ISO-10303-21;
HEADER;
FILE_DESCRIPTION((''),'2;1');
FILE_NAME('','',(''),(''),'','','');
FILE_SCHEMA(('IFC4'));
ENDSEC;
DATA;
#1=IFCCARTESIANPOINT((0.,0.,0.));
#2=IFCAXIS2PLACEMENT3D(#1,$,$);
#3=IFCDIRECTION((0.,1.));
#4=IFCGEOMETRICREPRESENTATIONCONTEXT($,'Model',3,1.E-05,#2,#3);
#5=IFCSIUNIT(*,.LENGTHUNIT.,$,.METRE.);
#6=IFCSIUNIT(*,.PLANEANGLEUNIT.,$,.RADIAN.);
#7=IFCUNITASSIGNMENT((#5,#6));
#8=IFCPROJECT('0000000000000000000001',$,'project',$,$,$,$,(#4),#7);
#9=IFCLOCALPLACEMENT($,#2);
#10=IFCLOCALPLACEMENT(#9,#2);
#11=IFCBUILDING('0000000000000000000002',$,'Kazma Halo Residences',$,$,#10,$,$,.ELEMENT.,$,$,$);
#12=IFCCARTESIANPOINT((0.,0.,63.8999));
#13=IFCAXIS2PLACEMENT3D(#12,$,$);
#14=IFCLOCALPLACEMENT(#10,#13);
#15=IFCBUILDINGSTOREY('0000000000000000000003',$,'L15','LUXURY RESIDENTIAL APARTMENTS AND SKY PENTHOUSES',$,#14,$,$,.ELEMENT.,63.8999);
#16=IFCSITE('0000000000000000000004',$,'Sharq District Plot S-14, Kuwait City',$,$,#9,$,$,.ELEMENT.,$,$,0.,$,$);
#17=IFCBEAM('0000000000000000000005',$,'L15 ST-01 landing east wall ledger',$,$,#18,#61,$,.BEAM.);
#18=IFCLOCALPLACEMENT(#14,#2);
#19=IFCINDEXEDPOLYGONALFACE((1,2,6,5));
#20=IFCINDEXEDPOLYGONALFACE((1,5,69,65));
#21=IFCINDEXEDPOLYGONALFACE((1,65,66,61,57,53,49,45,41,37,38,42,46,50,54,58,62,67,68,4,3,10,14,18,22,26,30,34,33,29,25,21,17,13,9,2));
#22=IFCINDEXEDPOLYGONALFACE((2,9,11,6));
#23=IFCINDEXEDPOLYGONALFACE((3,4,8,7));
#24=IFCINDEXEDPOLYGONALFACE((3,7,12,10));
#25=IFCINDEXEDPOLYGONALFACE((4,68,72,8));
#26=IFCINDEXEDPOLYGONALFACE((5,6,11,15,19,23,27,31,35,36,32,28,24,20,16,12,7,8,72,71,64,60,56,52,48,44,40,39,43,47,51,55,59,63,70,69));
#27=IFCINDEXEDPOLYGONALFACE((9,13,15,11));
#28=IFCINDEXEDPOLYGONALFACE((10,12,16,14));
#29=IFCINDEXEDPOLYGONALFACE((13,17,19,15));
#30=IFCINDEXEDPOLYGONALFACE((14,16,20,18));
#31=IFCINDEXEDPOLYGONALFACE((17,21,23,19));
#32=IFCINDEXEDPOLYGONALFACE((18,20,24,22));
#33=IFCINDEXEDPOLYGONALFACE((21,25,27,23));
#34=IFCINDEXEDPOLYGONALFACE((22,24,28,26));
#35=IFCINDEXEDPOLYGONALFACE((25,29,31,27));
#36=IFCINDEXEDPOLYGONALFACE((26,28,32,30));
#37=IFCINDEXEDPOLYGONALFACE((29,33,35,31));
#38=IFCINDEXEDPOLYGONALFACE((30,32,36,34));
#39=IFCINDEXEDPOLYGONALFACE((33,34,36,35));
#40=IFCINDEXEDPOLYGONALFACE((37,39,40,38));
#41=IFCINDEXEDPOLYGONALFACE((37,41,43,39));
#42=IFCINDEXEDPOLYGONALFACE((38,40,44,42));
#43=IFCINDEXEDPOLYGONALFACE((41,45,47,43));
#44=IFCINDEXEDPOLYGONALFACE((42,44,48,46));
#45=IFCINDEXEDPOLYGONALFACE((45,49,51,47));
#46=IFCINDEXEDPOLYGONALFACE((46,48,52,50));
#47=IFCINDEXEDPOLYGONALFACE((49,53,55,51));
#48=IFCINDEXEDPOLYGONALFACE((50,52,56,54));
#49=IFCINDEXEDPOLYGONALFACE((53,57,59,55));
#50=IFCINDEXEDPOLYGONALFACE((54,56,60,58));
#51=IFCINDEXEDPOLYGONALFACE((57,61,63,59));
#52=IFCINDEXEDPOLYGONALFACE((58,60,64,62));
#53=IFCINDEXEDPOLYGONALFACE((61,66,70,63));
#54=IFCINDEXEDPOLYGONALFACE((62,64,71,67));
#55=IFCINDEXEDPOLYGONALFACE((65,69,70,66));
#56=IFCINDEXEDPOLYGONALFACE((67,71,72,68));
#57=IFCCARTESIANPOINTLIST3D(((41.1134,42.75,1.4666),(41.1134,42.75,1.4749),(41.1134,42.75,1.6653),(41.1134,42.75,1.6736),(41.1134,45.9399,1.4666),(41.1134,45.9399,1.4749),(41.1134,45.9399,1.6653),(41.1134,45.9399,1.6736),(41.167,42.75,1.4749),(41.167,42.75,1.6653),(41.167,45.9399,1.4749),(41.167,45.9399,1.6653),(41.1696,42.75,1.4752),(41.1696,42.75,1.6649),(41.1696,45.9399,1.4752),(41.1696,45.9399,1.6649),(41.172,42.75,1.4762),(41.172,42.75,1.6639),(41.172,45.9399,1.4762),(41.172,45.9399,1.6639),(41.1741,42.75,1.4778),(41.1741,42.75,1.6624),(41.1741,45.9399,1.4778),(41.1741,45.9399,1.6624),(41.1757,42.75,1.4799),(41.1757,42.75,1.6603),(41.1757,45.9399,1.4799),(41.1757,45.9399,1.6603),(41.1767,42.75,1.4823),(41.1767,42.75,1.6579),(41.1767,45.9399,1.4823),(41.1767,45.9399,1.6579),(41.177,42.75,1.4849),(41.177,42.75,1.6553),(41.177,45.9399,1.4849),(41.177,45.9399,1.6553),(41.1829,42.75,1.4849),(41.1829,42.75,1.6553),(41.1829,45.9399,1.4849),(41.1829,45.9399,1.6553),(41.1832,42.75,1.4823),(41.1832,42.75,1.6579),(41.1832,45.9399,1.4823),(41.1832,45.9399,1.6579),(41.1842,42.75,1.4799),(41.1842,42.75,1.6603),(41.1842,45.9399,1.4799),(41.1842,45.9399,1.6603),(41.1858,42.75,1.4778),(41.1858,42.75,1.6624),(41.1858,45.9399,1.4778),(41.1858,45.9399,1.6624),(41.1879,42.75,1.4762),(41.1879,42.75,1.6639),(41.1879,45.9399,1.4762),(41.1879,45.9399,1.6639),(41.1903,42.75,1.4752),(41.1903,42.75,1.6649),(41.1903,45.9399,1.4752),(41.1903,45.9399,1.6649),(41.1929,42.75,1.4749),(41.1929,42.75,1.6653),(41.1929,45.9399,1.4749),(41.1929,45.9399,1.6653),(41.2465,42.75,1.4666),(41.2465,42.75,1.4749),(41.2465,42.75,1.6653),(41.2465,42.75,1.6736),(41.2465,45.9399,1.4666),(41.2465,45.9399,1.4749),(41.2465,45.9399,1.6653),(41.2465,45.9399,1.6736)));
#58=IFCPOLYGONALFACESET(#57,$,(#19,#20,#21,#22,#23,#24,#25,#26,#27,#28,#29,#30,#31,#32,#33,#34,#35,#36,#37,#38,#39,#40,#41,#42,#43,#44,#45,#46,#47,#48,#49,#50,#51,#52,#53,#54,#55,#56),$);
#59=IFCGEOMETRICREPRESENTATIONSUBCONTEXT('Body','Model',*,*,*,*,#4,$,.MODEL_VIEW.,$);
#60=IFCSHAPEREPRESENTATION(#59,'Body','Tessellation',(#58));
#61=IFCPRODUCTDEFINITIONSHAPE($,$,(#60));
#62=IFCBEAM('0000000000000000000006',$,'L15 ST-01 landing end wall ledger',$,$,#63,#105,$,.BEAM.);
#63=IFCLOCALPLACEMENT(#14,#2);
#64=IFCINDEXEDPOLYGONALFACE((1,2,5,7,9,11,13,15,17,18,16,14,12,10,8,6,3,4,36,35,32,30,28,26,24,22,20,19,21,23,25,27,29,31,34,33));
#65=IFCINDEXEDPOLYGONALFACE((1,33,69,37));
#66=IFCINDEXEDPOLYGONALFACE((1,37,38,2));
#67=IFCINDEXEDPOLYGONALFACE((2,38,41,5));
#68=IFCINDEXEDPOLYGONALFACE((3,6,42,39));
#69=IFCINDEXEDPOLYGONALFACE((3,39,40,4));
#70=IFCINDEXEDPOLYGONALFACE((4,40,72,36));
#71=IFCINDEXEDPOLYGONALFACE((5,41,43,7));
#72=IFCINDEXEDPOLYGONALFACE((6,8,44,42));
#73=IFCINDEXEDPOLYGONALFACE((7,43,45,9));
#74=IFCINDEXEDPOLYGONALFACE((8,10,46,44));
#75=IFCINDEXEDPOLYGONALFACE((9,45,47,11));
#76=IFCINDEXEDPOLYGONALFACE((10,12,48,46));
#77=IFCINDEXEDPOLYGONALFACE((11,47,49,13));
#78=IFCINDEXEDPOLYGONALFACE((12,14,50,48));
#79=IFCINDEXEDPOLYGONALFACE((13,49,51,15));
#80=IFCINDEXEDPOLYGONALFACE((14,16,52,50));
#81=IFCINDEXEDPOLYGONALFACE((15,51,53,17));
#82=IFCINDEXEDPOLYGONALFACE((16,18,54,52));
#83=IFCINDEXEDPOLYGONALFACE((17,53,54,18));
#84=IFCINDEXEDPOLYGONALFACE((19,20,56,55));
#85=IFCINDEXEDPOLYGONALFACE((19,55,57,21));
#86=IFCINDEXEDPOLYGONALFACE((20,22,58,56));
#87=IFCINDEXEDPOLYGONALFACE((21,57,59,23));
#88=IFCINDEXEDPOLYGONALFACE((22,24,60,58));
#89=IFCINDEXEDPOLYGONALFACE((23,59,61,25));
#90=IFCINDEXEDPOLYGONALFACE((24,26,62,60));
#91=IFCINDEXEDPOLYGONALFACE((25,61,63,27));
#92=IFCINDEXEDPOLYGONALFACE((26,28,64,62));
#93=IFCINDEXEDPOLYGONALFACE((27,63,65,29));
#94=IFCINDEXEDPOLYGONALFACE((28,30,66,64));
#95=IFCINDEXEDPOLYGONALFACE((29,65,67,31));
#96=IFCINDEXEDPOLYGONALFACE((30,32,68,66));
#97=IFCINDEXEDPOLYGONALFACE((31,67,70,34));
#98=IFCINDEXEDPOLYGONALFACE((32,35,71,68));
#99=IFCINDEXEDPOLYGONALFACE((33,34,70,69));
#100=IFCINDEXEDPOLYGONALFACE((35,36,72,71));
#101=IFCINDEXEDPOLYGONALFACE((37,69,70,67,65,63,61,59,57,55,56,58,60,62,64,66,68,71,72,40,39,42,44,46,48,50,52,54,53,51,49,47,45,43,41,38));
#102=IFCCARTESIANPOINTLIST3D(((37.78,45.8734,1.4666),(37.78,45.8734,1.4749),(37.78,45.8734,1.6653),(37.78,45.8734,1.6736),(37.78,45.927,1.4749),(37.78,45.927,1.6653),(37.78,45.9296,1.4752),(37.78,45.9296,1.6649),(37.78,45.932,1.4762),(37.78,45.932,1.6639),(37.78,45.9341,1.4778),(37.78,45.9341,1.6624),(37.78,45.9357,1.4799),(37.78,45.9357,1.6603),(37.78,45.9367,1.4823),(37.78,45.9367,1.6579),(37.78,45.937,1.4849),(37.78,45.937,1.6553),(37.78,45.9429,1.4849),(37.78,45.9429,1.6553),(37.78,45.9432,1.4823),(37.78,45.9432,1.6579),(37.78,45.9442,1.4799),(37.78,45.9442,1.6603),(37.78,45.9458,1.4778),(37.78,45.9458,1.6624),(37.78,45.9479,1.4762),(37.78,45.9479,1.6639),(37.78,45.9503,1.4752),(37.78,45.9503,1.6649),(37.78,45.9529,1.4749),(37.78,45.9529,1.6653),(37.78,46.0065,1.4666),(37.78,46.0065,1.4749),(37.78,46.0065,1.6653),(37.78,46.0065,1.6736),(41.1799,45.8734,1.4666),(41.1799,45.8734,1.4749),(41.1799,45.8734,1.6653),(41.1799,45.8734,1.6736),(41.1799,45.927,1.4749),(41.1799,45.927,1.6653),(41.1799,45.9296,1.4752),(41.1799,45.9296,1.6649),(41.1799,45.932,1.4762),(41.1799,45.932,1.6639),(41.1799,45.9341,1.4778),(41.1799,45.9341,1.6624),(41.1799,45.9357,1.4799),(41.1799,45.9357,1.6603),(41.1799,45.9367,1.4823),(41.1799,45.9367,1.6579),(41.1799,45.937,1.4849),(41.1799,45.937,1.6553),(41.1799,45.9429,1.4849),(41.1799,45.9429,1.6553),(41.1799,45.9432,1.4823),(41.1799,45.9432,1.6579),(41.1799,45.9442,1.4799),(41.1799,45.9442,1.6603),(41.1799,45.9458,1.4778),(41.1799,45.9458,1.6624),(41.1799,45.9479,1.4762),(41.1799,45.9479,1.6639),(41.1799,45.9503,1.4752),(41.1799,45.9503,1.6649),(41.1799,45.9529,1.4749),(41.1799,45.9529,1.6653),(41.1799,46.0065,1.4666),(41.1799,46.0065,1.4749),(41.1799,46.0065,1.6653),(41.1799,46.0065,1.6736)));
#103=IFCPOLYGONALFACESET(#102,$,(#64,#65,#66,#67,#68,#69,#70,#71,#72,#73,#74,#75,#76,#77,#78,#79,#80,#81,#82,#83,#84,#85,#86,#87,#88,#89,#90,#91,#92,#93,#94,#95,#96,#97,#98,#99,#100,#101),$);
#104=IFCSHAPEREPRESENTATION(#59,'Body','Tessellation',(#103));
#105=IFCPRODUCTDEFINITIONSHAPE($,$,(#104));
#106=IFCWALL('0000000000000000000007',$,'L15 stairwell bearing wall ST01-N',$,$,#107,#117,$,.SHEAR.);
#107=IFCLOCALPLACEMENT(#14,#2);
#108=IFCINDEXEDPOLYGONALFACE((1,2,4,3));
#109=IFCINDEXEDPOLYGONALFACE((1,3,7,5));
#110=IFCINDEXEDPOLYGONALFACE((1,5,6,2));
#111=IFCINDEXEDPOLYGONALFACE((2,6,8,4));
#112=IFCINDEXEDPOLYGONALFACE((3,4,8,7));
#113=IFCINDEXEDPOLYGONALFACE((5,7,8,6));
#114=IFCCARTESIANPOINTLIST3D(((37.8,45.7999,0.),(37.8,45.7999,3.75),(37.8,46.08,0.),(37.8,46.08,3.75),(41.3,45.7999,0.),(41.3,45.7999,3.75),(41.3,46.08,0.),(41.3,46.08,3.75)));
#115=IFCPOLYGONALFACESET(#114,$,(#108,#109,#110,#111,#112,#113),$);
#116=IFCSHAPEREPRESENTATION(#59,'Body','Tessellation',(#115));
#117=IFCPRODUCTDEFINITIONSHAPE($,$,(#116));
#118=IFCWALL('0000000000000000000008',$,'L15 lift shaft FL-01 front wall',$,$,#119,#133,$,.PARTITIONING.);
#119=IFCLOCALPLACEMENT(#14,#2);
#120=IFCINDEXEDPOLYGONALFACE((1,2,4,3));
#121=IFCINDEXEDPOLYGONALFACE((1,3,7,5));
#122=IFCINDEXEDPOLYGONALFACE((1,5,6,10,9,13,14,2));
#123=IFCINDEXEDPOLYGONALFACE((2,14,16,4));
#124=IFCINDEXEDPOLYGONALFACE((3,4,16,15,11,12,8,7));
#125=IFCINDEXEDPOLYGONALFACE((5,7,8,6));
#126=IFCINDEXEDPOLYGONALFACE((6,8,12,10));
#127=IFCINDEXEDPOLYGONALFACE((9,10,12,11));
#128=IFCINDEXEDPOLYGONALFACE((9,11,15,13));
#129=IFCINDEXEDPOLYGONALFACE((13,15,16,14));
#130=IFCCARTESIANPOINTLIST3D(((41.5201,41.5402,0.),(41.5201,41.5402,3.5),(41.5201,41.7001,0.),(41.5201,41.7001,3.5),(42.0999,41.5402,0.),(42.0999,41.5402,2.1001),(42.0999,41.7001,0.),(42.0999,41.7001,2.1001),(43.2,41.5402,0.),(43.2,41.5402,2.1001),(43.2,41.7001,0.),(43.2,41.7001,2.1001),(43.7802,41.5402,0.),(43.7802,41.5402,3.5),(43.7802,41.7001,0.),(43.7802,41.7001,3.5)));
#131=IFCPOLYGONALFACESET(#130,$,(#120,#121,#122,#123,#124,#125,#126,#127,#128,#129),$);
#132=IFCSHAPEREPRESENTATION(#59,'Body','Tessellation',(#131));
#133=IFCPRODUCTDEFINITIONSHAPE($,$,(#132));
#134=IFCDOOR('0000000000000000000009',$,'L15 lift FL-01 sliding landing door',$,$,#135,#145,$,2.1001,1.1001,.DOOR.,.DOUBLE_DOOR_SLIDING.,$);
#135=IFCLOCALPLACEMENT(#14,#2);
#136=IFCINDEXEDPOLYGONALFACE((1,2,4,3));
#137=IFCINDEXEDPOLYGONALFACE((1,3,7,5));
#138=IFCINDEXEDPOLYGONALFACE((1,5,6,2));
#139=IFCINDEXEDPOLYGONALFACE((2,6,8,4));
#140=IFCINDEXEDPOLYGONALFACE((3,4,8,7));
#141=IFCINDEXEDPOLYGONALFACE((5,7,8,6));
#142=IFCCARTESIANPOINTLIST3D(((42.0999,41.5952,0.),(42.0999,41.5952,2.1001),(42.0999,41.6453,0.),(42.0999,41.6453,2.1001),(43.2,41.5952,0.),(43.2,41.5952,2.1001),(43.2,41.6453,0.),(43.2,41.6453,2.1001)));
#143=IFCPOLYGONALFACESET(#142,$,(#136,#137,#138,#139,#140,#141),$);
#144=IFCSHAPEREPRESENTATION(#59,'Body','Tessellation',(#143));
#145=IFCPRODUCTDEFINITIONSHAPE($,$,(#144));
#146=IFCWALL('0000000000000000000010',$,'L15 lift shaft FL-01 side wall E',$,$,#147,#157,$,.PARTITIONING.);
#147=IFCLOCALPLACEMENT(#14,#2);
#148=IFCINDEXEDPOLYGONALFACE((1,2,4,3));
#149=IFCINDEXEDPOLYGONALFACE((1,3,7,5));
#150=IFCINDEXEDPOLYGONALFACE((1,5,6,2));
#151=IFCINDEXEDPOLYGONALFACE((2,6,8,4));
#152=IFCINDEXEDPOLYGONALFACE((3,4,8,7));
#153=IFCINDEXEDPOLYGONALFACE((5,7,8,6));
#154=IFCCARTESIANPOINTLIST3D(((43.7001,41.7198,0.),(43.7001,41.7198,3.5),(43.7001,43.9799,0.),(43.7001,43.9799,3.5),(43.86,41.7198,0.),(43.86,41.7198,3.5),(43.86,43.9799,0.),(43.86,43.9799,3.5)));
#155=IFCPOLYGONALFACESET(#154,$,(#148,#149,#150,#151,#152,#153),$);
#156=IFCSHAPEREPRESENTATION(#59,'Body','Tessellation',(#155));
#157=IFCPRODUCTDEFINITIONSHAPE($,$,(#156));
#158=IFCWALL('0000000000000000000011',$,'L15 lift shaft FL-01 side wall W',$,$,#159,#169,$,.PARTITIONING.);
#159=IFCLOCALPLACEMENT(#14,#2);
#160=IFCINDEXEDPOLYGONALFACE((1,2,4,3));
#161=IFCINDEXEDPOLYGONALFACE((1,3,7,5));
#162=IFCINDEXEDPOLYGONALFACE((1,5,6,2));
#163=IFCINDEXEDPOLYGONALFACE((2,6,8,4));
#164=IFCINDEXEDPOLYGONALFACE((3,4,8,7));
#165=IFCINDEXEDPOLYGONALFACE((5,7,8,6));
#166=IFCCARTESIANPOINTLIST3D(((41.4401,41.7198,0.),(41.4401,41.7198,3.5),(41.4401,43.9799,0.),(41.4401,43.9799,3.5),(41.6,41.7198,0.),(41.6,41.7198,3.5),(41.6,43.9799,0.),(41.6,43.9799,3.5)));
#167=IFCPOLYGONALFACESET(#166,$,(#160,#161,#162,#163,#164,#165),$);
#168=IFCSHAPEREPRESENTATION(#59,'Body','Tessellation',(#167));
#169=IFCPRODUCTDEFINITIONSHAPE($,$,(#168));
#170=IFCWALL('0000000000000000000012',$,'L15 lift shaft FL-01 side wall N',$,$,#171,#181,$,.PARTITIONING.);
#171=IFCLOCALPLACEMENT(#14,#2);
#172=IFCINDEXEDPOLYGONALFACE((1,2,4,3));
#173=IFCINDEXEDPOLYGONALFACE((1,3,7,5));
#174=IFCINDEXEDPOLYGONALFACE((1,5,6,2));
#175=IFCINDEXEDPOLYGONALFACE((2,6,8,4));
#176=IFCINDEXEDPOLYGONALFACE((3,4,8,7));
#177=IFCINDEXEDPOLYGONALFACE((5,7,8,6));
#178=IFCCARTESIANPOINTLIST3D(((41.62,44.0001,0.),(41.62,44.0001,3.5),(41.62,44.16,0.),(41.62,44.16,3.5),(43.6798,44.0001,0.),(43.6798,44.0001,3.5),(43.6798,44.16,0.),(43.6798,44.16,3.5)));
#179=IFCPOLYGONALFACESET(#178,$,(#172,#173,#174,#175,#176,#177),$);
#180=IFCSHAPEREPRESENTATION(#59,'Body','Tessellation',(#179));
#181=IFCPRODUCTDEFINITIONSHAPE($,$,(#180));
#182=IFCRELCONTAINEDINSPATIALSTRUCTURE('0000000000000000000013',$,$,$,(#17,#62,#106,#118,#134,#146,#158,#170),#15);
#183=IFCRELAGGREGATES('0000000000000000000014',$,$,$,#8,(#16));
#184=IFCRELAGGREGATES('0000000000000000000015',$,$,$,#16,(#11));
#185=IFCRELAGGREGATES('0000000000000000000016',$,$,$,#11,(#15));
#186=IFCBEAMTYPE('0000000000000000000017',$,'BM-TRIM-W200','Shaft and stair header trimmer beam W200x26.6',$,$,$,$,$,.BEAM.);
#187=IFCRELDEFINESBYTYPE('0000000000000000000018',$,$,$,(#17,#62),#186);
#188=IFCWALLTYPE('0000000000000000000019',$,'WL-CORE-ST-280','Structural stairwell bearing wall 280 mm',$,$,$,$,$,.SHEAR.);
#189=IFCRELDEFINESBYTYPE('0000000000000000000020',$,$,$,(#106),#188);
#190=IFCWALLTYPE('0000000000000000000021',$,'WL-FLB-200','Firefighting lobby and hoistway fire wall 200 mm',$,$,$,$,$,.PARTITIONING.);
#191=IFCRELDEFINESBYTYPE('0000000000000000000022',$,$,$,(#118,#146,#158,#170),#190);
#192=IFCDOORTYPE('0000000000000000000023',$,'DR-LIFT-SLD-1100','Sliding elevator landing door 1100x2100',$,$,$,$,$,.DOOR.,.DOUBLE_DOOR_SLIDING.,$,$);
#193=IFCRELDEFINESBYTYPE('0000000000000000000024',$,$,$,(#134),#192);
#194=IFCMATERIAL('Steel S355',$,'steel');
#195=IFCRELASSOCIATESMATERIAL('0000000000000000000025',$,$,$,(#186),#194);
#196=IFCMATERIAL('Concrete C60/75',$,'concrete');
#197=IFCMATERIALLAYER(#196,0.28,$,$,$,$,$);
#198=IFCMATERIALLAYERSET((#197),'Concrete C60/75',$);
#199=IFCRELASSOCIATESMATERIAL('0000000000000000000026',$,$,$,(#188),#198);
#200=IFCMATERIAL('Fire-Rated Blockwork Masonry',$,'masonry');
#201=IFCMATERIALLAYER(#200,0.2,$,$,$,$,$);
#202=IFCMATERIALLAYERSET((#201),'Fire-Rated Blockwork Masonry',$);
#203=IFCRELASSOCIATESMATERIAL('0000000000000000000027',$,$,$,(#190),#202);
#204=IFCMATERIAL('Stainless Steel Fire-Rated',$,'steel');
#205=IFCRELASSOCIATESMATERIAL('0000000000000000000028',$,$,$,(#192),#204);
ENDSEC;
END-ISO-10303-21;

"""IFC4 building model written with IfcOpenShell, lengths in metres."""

from ifc_helpers import new_model, si_unit, direction, frame, frame_2d, origin, origin_2d, place, context, subcontext, project, spatial, rectangle, i_section, extrude, material, layer, layer_set, material_profile, profile_set, type_object, element, fill, save


model = new_model("IFC4")

# Units and contexts
model_context = context("Model", 3, precision=1e-05, world=origin(), true_north=direction((0.0, 1.0)))
body_context = subcontext(model_context, "Body", "Model", "MODEL_VIEW")
ifc_project = project(units=[si_unit("LENGTHUNIT", "METRE"), si_unit("PLANEANGLEUNIT", "RADIAN")], contexts=[model_context])

# Site, building, storey
site_placement = place(None, origin())
site = spatial("IfcSite", under=ifc_project, at=site_placement, Name="Sharq District Plot S-14, Kuwait City", CompositionType="ELEMENT", RefElevation=0.0)
building_placement = place(site_placement, origin())
building = spatial("IfcBuilding", under=site, at=building_placement, Name="Kazma Halo Residences", CompositionType="ELEMENT")
storey_placement = place(building_placement, frame((0.0, 0.0, 63.8999)))
storey = spatial("IfcBuildingStorey", under=building, at=storey_placement, Name="L15", Description="LUXURY RESIDENTIAL APARTMENTS AND SKY PENTHOUSES", CompositionType="ELEMENT", Elevation=63.8999)

# Shared definitions
ifc_material_1 = material(Name="Steel S355", Category="steel")

# Beams
ifc_material_profile_1 = material_profile(ifc_material_1, i_section(OverallWidth=0.1331, OverallDepth=0.207, WebThickness=0.0059, FlangeThickness=0.0083, FilletRadius=0.01, at=origin_2d()), Name="W200x26.6")
ifc_profile_set_1 = profile_set([ifc_material_profile_1], Name="Steel S355")
beam_type_1 = type_object("IfcBeamType", Name="BM-TRIM-W200", Description="Shaft and stair header trimmer beam W200x26.6", PredefinedType="BEAM", material=ifc_profile_set_1)
beam_1_placement = place(storey_placement, frame((41.1799, 42.75, 1.5701), z_axis=(0.0, 1.0, 0.0), x_axis=(-1.0, 0.0, 0.0)))
element("IfcBeam", 1, at=beam_1_placement, inside=storey, type_object=beam_type_1, Name="L15 ST-01 landing east wall ledger", PredefinedType="BEAM", context=body_context, shape_type="SweptSolid", body=[
    extrude(i_section(OverallWidth=0.1331, OverallDepth=0.207, WebThickness=0.0059, FlangeThickness=0.0083, FilletRadius=0.01, at=origin_2d()), origin(), (0.0, 0.0, 1.0), 3.1899),
])
beam_2_placement = place(storey_placement, frame((37.78, 45.9399, 1.5701), z_axis=(1.0, 0.0, 0.0), x_axis=(0.0, 1.0, 0.0)))
element("IfcBeam", 2, at=beam_2_placement, inside=storey, type_object=beam_type_1, Name="L15 ST-01 landing end wall ledger", PredefinedType="BEAM", context=body_context, shape_type="SweptSolid", body=[
    extrude(i_section(OverallWidth=0.1331, OverallDepth=0.207, WebThickness=0.0059, FlangeThickness=0.0083, FilletRadius=0.01, at=origin_2d()), origin(), (0.0, 0.0, 1.0), 3.3999),
])

# Wall
ifc_material_2 = material(Name="Concrete C60/75", Category="concrete")
ifc_layer_1 = layer(ifc_material_2, 0.28)
ifc_layer_set_1 = layer_set([ifc_layer_1], Name="Concrete C60/75")
wall_type_1 = type_object("IfcWallType", Name="WL-CORE-ST-280", Description="Structural stairwell bearing wall 280 mm", PredefinedType="SHEAR", material=ifc_layer_set_1)
wall_1_placement = place(storey_placement, frame((37.8, 45.9399, 0.0), z_axis=(0.0, 0.0, 1.0), x_axis=(1.0, 0.0, 0.0)))
element("IfcWall", 3, at=wall_1_placement, inside=storey, type_object=wall_type_1, Name="L15 stairwell bearing wall ST01-N", PredefinedType="SHEAR", context=body_context, shape_type="SweptSolid", body=[
    extrude(rectangle(XDim=3.5, YDim=0.28, at=frame_2d((1.75, 0.0))), origin(), (0.0, 0.0, 1.0), 3.75),
])

# Wall, opening, door
ifc_material_3 = material(Name="Fire-Rated Blockwork Masonry", Category="masonry")
ifc_layer_2 = layer(ifc_material_3, 0.2)
ifc_layer_set_2 = layer_set([ifc_layer_2], Name="Fire-Rated Blockwork Masonry")
wall_type_2 = type_object("IfcWallType", Name="WL-FLB-200", Description="Firefighting lobby and hoistway fire wall 200 mm", PredefinedType="PARTITIONING", material=ifc_layer_set_2)
wall_2_placement = place(storey_placement, frame((43.78, 41.6201, 0.0), z_axis=(0.0, 0.0, 1.0), x_axis=(-1.0, 0.0, 0.0)))
wall_2 = element("IfcWall", 4, at=wall_2_placement, inside=storey, type_object=wall_type_2, Name="L15 lift shaft FL-01 front wall", PredefinedType="PARTITIONING", context=body_context, shape_type="SweptSolid", body=[
    extrude(rectangle(XDim=2.26, YDim=0.1599, at=frame_2d((1.1299, 0.0))), origin(), (0.0, 0.0, 1.0), 3.5),
])
opening_1_placement = place(wall_2_placement, frame((0.5801, 0.0, 0.0)))
opening_1 = element("IfcOpeningElement", 5, at=opening_1_placement, cuts=wall_2, PredefinedType="OPENING", context=body_context, shape_type="SweptSolid", body=[
    extrude(rectangle(XDim=1.1001, YDim=2.1001, at=frame_2d((0.55, 1.05))), frame((0.0, 0.0898, 0.0), z_axis=(0.0, -1.0, 0.0), x_axis=(1.0, 0.0, 0.0)), (0.0, 0.0, 1.0), 0.1799),
])
ifc_material_4 = material(Name="Stainless Steel Fire-Rated", Category="steel")
door_type_1 = type_object("IfcDoorType", Name="DR-LIFT-SLD-1100", Description="Sliding elevator landing door 1100x2100", OperationType="DOUBLE_DOOR_SLIDING", PredefinedType="DOOR", material=ifc_material_4)
door_1_placement = place(opening_1_placement, origin())
door_1 = element("IfcDoor", 6, at=door_1_placement, inside=storey, type_object=door_type_1, Name="L15 lift FL-01 sliding landing door", OperationType="DOUBLE_DOOR_SLIDING", OverallHeight=2.1001, OverallWidth=1.1001, PredefinedType="DOOR", context=body_context, shape_type="SweptSolid", body=[
    extrude(rectangle(XDim=1.1001, YDim=2.1001, at=frame_2d((0.55, 1.05))), frame((0.0, 0.0249, 0.0), z_axis=(0.0, -1.0, 0.0), x_axis=(1.0, 0.0, 0.0)), (0.0, 0.0, 1.0), 0.05),
])
fill(opening_1, door_1)

# Walls
for number, where, z_axis, x_axis, name in (
    (7, (43.78, 41.72, 0.0), (0.0, 0.0, 1.0), (0.0, 1.0, 0.0), "L15 lift shaft FL-01 side wall E"),
    (8, (41.52, 41.72, 0.0), (0.0, 0.0, 1.0), (0.0, 1.0, 0.0), "L15 lift shaft FL-01 side wall W"),
):
    element("IfcWall", number, at=place(storey_placement, frame(where, z_axis=z_axis, x_axis=x_axis)), inside=storey, type_object=wall_type_2, Name=name, PredefinedType="PARTITIONING", context=body_context, shape_type="SweptSolid", body=[
        extrude(rectangle(XDim=2.26, YDim=0.1599, at=frame_2d((1.1299, 0.0))), origin(), (0.0, 0.0, 1.0), 3.5),
    ])
wall_3_placement = place(storey_placement, frame((41.6201, 44.0801, 0.0), z_axis=(0.0, 0.0, 1.0), x_axis=(1.0, 0.0, 0.0)))
element("IfcWall", 9, at=wall_3_placement, inside=storey, type_object=wall_type_2, Name="L15 lift shaft FL-01 side wall N", PredefinedType="PARTITIONING", context=body_context, shape_type="SweptSolid", body=[
    extrude(rectangle(XDim=2.0598, YDim=0.1599, at=frame_2d((1.0298, 0.0))), origin(), (0.0, 0.0, 1.0), 3.5),
])

save(model, "model.ifc")
